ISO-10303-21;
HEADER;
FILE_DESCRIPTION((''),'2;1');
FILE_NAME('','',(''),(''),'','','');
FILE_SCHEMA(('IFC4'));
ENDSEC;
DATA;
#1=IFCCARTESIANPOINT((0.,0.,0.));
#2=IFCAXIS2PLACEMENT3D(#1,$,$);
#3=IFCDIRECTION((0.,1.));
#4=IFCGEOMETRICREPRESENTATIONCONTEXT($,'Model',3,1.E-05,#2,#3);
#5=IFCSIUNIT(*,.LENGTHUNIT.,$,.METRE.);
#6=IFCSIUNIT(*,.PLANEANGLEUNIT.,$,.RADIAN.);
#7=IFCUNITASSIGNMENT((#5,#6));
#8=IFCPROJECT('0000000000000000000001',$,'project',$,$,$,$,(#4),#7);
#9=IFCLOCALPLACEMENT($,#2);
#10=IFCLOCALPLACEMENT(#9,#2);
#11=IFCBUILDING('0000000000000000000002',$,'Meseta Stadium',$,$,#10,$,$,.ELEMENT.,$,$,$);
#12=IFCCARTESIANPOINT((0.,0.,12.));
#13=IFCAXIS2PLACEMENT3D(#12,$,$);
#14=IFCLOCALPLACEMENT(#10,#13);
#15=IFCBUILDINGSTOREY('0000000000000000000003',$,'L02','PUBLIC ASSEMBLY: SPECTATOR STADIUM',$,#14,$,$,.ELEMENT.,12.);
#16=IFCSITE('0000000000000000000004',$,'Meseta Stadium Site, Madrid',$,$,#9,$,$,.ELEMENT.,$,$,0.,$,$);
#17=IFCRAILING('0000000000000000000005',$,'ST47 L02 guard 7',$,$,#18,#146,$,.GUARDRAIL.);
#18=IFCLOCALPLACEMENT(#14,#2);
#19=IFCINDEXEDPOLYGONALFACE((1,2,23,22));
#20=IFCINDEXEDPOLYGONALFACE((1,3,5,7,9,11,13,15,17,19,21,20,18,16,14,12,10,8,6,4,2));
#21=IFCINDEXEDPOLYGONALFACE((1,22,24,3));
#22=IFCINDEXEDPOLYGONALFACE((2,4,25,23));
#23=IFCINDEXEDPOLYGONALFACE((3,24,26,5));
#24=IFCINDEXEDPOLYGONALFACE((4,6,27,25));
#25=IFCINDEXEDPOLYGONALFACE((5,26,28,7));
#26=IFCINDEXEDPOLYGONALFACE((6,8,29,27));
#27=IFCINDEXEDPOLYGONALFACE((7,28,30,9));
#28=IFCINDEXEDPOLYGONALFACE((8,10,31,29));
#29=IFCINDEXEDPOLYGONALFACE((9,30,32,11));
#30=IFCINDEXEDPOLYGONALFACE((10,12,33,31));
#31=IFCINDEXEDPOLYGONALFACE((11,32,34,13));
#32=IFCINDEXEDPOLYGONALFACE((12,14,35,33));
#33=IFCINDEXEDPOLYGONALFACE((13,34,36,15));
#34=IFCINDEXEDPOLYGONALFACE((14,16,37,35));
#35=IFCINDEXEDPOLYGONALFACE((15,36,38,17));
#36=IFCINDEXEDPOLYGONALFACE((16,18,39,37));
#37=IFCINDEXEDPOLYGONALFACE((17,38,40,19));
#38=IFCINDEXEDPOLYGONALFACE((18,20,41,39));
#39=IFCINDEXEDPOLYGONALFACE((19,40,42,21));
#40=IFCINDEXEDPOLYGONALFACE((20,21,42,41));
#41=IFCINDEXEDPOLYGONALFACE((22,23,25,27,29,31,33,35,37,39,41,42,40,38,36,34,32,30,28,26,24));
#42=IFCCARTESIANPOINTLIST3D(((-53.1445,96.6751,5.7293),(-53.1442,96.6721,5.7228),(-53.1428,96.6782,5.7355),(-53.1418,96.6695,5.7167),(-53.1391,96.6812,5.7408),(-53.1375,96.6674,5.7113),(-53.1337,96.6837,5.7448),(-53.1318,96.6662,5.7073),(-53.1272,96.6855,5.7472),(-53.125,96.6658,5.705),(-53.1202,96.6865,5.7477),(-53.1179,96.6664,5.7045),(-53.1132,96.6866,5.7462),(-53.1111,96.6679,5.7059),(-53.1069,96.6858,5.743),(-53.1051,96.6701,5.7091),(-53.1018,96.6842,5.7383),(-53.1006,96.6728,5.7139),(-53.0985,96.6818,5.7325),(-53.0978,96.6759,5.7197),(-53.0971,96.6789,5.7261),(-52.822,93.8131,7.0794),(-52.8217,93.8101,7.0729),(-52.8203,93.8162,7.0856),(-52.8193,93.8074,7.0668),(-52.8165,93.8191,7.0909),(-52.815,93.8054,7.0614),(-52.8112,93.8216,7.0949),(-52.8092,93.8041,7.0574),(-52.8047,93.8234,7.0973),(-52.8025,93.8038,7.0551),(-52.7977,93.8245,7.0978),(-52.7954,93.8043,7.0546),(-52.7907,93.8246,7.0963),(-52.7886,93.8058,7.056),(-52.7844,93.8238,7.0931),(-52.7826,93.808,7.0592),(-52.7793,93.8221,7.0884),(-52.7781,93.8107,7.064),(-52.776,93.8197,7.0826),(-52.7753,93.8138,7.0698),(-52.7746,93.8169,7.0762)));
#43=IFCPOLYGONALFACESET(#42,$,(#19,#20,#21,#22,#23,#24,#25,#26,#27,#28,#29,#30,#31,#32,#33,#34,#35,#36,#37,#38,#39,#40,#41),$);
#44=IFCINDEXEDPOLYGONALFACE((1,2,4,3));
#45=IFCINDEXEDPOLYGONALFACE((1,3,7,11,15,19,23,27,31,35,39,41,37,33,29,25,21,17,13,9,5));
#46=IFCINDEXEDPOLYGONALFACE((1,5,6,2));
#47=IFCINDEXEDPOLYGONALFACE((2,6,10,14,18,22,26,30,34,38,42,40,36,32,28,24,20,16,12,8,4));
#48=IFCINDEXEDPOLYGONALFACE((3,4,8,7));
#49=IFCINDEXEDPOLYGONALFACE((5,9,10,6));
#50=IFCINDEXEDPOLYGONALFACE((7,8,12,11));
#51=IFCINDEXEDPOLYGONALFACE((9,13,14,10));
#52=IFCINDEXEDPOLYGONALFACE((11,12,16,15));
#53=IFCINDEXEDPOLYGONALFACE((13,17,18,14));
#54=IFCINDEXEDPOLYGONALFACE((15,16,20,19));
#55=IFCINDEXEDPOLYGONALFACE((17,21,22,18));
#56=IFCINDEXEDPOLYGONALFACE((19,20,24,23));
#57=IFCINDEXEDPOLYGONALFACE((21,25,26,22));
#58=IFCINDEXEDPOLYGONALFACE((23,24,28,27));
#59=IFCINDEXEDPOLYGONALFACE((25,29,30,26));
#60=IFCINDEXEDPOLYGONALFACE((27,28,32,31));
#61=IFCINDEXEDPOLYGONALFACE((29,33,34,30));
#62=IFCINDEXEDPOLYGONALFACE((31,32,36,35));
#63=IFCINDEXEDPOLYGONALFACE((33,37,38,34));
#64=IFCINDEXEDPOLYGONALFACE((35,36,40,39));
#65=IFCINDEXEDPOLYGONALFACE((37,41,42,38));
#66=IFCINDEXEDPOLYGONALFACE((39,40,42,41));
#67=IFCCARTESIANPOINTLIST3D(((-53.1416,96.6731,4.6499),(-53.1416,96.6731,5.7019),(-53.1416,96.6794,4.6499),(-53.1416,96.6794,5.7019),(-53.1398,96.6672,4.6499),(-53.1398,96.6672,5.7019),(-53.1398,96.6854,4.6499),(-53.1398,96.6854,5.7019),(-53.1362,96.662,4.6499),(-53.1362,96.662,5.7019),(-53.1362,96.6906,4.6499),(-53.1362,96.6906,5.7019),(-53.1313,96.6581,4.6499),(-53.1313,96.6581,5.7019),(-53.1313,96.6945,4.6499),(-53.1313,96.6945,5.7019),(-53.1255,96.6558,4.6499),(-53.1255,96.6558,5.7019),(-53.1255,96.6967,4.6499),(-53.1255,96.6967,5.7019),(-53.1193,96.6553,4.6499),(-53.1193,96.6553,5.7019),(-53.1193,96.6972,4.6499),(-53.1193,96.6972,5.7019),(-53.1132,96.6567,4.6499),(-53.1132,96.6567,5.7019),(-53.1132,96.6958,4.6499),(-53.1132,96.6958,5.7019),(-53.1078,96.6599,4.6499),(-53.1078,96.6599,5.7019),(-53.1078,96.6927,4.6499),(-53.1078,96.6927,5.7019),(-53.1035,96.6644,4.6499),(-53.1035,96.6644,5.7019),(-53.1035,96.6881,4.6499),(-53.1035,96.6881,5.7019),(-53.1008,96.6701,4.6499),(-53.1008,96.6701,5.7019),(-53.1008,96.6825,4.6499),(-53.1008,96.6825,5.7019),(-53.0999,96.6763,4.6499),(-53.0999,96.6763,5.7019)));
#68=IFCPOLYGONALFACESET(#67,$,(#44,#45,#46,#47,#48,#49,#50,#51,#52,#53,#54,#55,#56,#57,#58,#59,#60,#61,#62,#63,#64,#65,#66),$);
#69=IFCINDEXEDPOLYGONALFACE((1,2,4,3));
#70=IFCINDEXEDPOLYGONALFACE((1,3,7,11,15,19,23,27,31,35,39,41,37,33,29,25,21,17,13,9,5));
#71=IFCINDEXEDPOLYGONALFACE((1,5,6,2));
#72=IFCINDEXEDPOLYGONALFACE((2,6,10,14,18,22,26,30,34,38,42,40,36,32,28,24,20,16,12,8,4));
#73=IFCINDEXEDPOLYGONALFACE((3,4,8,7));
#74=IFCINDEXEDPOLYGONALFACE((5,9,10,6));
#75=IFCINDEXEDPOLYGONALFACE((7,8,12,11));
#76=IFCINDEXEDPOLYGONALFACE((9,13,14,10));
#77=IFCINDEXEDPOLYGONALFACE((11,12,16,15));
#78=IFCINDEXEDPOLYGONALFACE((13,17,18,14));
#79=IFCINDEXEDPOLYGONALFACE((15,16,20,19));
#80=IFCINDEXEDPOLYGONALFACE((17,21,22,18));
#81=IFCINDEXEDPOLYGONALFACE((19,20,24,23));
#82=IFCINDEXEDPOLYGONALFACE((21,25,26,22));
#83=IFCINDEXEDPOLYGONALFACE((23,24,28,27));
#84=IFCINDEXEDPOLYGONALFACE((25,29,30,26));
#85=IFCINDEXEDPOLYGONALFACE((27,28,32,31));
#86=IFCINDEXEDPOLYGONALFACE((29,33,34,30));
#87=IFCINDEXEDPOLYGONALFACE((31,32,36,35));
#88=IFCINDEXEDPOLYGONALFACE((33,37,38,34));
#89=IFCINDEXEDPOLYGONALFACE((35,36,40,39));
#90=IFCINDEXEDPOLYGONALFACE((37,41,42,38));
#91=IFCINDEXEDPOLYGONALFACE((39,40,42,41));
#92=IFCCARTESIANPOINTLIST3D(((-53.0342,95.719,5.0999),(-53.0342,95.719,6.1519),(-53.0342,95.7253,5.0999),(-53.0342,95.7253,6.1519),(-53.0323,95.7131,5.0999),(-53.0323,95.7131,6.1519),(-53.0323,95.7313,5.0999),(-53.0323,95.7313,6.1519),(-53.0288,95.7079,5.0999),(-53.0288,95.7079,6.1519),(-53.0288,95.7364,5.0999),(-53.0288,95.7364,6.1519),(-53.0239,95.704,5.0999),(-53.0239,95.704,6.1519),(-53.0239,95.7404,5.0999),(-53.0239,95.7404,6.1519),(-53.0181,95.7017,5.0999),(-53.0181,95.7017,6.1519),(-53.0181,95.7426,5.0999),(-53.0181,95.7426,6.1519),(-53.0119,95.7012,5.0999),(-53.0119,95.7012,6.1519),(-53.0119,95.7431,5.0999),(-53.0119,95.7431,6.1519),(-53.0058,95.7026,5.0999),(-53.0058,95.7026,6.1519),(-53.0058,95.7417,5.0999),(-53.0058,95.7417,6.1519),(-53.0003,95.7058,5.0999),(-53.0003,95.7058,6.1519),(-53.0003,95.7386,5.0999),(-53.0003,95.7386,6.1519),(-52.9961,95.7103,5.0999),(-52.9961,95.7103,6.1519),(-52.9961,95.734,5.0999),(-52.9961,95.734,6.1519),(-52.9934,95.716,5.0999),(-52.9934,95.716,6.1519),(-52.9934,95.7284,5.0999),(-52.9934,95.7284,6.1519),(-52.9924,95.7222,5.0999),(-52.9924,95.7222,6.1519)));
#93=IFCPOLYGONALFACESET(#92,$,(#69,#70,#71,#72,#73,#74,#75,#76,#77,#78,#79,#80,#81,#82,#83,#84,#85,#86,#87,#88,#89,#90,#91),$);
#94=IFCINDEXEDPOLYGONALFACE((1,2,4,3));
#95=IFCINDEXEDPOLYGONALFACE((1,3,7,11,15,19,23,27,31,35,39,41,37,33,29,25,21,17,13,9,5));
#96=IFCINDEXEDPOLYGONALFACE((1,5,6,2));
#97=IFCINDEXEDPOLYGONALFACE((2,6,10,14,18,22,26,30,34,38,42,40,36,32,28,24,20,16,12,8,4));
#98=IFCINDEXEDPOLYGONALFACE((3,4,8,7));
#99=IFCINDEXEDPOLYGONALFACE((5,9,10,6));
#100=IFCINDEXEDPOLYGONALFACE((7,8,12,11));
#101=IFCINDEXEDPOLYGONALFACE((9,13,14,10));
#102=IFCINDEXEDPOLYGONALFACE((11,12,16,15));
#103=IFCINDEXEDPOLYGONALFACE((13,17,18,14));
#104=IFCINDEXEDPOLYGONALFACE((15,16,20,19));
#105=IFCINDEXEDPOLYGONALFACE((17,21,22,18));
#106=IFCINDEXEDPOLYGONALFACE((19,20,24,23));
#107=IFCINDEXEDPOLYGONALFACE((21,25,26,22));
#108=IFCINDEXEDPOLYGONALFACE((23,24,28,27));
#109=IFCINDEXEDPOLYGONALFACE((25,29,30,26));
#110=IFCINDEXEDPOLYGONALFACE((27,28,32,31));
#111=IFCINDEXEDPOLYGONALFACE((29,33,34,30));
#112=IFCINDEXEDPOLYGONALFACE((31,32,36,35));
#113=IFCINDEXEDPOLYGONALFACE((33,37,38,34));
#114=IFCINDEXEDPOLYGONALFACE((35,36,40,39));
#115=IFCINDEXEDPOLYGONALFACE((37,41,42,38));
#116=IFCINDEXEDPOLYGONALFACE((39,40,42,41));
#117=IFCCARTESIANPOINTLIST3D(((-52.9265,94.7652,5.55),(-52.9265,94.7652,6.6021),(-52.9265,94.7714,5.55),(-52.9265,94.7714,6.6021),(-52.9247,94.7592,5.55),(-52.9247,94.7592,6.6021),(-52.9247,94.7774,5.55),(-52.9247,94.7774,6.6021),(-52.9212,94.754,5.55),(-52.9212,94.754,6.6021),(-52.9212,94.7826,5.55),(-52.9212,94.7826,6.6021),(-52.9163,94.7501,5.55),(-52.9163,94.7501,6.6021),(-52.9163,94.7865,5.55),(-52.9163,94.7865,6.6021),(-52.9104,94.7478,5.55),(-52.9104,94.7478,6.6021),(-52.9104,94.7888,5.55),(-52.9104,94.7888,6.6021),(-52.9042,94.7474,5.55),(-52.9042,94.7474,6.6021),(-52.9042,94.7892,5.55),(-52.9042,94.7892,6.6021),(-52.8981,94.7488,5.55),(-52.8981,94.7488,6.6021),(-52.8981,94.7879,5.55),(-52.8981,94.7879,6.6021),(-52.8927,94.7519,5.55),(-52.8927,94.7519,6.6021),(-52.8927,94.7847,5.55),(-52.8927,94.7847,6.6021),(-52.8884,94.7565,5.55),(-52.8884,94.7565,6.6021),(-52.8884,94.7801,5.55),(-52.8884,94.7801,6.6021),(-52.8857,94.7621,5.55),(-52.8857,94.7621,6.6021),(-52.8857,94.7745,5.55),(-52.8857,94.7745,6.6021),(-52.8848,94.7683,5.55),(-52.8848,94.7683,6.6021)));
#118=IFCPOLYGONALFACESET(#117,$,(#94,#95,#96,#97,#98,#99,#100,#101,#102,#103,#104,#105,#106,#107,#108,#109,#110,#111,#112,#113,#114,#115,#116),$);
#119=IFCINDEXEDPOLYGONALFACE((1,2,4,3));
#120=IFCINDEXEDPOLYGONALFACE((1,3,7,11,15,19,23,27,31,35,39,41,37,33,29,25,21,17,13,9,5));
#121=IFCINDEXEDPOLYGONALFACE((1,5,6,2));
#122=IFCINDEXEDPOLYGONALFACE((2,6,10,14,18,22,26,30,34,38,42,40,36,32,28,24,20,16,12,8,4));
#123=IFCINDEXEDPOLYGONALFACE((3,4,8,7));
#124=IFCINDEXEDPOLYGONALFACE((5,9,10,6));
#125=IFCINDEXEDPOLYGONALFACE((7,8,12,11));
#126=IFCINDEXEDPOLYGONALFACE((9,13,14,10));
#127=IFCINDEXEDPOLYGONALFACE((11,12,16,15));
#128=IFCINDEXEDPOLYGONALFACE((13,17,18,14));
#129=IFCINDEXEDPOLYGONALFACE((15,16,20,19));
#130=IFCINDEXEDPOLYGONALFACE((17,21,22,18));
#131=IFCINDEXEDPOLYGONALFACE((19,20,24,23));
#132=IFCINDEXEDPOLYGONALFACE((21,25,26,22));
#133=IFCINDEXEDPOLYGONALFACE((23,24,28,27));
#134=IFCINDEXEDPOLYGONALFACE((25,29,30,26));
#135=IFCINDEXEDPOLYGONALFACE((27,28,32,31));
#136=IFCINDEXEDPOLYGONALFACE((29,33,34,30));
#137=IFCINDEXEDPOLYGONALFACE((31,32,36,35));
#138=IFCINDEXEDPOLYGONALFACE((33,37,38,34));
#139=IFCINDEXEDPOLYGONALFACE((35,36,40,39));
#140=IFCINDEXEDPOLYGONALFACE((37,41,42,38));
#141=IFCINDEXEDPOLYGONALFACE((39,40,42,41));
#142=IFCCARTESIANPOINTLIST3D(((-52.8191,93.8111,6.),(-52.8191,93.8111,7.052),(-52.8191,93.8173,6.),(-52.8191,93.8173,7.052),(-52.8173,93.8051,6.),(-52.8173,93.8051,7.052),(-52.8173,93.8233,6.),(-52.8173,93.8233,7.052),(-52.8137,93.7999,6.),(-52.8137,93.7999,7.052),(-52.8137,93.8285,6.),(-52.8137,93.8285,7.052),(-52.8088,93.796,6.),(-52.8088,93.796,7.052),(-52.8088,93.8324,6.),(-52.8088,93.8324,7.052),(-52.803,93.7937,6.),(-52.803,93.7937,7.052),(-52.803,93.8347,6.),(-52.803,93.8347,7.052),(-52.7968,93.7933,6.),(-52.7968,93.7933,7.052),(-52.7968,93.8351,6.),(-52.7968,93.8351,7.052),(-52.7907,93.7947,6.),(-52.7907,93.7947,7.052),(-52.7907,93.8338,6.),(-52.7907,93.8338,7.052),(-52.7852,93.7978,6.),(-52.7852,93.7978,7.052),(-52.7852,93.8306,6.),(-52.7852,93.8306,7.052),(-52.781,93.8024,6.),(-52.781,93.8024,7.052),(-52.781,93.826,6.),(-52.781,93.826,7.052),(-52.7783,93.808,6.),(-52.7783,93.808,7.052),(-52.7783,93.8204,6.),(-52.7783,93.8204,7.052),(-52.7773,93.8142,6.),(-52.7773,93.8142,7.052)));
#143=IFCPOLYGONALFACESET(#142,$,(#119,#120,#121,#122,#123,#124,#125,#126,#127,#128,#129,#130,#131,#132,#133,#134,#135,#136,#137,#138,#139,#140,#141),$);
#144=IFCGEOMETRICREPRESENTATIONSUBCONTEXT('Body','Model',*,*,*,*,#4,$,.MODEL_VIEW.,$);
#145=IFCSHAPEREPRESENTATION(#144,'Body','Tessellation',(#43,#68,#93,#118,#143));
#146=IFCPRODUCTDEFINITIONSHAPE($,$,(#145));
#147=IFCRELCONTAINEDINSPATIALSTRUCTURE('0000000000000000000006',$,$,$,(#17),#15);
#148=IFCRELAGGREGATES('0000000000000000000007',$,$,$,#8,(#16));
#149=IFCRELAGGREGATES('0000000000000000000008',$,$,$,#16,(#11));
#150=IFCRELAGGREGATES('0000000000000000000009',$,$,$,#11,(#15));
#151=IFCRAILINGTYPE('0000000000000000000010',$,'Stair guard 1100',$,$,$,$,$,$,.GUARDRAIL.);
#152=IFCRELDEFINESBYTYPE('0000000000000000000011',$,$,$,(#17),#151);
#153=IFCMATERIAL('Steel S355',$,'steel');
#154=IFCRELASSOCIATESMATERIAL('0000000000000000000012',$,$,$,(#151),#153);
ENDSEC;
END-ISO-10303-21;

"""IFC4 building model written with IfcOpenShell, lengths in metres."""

from ifc_helpers import new_model, si_unit, direction, frame, origin, origin_2d, place, context, subcontext, project, spatial, circle, extrude, material, type_object, element, save


model = new_model("IFC4")

# Units and contexts
model_context = context("Model", 3, precision=1e-05, world=origin(), true_north=direction((0.0, 1.0)))
body_context = subcontext(model_context, "Body", "Model", "MODEL_VIEW")
ifc_project = project(units=[si_unit("LENGTHUNIT", "METRE"), si_unit("PLANEANGLEUNIT", "RADIAN")], contexts=[model_context])

# Site, building, storey
site_placement = place(None, origin())
site = spatial("IfcSite", under=ifc_project, at=site_placement, Name="Meseta Stadium Site, Madrid", CompositionType="ELEMENT", RefElevation=0.0)
building_placement = place(site_placement, origin())
building = spatial("IfcBuilding", under=site, at=building_placement, Name="Meseta Stadium", CompositionType="ELEMENT")
storey_placement = place(building_placement, frame((0.0, 0.0, 12.0)))
storey = spatial("IfcBuildingStorey", under=building, at=storey_placement, Name="L02", Description="PUBLIC ASSEMBLY: SPECTATOR STADIUM", CompositionType="ELEMENT", Elevation=12.0)

# Railing
ifc_material_1 = material(Name="Steel S355", Category="steel")
railing_type_1 = type_object("IfcRailingType", Name="Stair guard 1100", PredefinedType="GUARDRAIL", material=ifc_material_1)
railing_1_placement = place(storey_placement, frame((-53.1208, 96.6763, 4.6499)))
element("IfcRailing", 1, at=railing_1_placement, inside=storey, type_object=railing_type_1, Name="ST47 L02 guard 7", PredefinedType="GUARDRAIL", context=body_context, shape_type="SweptSolid", body=[
    extrude(circle(Radius=0.0239, at=origin_2d()), frame((0.0, 0.0, 1.0762), z_axis=(0.101389, -0.899763, 0.424438), x_axis=(0.993711, 0.111976, 0.0)), (0.0, 0.0, 1.0), 3.1809),
    extrude(circle(Radius=0.021, at=origin_2d()), origin(), (0.0, 0.0, 1.0), 1.052),
    extrude(circle(Radius=0.021, at=origin_2d()), frame((0.1074, -0.9541, 0.45)), (0.0, 0.0, 1.0), 1.052),
    extrude(circle(Radius=0.021, at=origin_2d()), frame((0.2151, -1.908, 0.9001)), (0.0, 0.0, 1.0), 1.052),
    extrude(circle(Radius=0.021, at=origin_2d()), frame((0.3225, -2.8621, 1.3501)), (0.0, 0.0, 1.0), 1.052),
])

save(model, "model.ifc")
